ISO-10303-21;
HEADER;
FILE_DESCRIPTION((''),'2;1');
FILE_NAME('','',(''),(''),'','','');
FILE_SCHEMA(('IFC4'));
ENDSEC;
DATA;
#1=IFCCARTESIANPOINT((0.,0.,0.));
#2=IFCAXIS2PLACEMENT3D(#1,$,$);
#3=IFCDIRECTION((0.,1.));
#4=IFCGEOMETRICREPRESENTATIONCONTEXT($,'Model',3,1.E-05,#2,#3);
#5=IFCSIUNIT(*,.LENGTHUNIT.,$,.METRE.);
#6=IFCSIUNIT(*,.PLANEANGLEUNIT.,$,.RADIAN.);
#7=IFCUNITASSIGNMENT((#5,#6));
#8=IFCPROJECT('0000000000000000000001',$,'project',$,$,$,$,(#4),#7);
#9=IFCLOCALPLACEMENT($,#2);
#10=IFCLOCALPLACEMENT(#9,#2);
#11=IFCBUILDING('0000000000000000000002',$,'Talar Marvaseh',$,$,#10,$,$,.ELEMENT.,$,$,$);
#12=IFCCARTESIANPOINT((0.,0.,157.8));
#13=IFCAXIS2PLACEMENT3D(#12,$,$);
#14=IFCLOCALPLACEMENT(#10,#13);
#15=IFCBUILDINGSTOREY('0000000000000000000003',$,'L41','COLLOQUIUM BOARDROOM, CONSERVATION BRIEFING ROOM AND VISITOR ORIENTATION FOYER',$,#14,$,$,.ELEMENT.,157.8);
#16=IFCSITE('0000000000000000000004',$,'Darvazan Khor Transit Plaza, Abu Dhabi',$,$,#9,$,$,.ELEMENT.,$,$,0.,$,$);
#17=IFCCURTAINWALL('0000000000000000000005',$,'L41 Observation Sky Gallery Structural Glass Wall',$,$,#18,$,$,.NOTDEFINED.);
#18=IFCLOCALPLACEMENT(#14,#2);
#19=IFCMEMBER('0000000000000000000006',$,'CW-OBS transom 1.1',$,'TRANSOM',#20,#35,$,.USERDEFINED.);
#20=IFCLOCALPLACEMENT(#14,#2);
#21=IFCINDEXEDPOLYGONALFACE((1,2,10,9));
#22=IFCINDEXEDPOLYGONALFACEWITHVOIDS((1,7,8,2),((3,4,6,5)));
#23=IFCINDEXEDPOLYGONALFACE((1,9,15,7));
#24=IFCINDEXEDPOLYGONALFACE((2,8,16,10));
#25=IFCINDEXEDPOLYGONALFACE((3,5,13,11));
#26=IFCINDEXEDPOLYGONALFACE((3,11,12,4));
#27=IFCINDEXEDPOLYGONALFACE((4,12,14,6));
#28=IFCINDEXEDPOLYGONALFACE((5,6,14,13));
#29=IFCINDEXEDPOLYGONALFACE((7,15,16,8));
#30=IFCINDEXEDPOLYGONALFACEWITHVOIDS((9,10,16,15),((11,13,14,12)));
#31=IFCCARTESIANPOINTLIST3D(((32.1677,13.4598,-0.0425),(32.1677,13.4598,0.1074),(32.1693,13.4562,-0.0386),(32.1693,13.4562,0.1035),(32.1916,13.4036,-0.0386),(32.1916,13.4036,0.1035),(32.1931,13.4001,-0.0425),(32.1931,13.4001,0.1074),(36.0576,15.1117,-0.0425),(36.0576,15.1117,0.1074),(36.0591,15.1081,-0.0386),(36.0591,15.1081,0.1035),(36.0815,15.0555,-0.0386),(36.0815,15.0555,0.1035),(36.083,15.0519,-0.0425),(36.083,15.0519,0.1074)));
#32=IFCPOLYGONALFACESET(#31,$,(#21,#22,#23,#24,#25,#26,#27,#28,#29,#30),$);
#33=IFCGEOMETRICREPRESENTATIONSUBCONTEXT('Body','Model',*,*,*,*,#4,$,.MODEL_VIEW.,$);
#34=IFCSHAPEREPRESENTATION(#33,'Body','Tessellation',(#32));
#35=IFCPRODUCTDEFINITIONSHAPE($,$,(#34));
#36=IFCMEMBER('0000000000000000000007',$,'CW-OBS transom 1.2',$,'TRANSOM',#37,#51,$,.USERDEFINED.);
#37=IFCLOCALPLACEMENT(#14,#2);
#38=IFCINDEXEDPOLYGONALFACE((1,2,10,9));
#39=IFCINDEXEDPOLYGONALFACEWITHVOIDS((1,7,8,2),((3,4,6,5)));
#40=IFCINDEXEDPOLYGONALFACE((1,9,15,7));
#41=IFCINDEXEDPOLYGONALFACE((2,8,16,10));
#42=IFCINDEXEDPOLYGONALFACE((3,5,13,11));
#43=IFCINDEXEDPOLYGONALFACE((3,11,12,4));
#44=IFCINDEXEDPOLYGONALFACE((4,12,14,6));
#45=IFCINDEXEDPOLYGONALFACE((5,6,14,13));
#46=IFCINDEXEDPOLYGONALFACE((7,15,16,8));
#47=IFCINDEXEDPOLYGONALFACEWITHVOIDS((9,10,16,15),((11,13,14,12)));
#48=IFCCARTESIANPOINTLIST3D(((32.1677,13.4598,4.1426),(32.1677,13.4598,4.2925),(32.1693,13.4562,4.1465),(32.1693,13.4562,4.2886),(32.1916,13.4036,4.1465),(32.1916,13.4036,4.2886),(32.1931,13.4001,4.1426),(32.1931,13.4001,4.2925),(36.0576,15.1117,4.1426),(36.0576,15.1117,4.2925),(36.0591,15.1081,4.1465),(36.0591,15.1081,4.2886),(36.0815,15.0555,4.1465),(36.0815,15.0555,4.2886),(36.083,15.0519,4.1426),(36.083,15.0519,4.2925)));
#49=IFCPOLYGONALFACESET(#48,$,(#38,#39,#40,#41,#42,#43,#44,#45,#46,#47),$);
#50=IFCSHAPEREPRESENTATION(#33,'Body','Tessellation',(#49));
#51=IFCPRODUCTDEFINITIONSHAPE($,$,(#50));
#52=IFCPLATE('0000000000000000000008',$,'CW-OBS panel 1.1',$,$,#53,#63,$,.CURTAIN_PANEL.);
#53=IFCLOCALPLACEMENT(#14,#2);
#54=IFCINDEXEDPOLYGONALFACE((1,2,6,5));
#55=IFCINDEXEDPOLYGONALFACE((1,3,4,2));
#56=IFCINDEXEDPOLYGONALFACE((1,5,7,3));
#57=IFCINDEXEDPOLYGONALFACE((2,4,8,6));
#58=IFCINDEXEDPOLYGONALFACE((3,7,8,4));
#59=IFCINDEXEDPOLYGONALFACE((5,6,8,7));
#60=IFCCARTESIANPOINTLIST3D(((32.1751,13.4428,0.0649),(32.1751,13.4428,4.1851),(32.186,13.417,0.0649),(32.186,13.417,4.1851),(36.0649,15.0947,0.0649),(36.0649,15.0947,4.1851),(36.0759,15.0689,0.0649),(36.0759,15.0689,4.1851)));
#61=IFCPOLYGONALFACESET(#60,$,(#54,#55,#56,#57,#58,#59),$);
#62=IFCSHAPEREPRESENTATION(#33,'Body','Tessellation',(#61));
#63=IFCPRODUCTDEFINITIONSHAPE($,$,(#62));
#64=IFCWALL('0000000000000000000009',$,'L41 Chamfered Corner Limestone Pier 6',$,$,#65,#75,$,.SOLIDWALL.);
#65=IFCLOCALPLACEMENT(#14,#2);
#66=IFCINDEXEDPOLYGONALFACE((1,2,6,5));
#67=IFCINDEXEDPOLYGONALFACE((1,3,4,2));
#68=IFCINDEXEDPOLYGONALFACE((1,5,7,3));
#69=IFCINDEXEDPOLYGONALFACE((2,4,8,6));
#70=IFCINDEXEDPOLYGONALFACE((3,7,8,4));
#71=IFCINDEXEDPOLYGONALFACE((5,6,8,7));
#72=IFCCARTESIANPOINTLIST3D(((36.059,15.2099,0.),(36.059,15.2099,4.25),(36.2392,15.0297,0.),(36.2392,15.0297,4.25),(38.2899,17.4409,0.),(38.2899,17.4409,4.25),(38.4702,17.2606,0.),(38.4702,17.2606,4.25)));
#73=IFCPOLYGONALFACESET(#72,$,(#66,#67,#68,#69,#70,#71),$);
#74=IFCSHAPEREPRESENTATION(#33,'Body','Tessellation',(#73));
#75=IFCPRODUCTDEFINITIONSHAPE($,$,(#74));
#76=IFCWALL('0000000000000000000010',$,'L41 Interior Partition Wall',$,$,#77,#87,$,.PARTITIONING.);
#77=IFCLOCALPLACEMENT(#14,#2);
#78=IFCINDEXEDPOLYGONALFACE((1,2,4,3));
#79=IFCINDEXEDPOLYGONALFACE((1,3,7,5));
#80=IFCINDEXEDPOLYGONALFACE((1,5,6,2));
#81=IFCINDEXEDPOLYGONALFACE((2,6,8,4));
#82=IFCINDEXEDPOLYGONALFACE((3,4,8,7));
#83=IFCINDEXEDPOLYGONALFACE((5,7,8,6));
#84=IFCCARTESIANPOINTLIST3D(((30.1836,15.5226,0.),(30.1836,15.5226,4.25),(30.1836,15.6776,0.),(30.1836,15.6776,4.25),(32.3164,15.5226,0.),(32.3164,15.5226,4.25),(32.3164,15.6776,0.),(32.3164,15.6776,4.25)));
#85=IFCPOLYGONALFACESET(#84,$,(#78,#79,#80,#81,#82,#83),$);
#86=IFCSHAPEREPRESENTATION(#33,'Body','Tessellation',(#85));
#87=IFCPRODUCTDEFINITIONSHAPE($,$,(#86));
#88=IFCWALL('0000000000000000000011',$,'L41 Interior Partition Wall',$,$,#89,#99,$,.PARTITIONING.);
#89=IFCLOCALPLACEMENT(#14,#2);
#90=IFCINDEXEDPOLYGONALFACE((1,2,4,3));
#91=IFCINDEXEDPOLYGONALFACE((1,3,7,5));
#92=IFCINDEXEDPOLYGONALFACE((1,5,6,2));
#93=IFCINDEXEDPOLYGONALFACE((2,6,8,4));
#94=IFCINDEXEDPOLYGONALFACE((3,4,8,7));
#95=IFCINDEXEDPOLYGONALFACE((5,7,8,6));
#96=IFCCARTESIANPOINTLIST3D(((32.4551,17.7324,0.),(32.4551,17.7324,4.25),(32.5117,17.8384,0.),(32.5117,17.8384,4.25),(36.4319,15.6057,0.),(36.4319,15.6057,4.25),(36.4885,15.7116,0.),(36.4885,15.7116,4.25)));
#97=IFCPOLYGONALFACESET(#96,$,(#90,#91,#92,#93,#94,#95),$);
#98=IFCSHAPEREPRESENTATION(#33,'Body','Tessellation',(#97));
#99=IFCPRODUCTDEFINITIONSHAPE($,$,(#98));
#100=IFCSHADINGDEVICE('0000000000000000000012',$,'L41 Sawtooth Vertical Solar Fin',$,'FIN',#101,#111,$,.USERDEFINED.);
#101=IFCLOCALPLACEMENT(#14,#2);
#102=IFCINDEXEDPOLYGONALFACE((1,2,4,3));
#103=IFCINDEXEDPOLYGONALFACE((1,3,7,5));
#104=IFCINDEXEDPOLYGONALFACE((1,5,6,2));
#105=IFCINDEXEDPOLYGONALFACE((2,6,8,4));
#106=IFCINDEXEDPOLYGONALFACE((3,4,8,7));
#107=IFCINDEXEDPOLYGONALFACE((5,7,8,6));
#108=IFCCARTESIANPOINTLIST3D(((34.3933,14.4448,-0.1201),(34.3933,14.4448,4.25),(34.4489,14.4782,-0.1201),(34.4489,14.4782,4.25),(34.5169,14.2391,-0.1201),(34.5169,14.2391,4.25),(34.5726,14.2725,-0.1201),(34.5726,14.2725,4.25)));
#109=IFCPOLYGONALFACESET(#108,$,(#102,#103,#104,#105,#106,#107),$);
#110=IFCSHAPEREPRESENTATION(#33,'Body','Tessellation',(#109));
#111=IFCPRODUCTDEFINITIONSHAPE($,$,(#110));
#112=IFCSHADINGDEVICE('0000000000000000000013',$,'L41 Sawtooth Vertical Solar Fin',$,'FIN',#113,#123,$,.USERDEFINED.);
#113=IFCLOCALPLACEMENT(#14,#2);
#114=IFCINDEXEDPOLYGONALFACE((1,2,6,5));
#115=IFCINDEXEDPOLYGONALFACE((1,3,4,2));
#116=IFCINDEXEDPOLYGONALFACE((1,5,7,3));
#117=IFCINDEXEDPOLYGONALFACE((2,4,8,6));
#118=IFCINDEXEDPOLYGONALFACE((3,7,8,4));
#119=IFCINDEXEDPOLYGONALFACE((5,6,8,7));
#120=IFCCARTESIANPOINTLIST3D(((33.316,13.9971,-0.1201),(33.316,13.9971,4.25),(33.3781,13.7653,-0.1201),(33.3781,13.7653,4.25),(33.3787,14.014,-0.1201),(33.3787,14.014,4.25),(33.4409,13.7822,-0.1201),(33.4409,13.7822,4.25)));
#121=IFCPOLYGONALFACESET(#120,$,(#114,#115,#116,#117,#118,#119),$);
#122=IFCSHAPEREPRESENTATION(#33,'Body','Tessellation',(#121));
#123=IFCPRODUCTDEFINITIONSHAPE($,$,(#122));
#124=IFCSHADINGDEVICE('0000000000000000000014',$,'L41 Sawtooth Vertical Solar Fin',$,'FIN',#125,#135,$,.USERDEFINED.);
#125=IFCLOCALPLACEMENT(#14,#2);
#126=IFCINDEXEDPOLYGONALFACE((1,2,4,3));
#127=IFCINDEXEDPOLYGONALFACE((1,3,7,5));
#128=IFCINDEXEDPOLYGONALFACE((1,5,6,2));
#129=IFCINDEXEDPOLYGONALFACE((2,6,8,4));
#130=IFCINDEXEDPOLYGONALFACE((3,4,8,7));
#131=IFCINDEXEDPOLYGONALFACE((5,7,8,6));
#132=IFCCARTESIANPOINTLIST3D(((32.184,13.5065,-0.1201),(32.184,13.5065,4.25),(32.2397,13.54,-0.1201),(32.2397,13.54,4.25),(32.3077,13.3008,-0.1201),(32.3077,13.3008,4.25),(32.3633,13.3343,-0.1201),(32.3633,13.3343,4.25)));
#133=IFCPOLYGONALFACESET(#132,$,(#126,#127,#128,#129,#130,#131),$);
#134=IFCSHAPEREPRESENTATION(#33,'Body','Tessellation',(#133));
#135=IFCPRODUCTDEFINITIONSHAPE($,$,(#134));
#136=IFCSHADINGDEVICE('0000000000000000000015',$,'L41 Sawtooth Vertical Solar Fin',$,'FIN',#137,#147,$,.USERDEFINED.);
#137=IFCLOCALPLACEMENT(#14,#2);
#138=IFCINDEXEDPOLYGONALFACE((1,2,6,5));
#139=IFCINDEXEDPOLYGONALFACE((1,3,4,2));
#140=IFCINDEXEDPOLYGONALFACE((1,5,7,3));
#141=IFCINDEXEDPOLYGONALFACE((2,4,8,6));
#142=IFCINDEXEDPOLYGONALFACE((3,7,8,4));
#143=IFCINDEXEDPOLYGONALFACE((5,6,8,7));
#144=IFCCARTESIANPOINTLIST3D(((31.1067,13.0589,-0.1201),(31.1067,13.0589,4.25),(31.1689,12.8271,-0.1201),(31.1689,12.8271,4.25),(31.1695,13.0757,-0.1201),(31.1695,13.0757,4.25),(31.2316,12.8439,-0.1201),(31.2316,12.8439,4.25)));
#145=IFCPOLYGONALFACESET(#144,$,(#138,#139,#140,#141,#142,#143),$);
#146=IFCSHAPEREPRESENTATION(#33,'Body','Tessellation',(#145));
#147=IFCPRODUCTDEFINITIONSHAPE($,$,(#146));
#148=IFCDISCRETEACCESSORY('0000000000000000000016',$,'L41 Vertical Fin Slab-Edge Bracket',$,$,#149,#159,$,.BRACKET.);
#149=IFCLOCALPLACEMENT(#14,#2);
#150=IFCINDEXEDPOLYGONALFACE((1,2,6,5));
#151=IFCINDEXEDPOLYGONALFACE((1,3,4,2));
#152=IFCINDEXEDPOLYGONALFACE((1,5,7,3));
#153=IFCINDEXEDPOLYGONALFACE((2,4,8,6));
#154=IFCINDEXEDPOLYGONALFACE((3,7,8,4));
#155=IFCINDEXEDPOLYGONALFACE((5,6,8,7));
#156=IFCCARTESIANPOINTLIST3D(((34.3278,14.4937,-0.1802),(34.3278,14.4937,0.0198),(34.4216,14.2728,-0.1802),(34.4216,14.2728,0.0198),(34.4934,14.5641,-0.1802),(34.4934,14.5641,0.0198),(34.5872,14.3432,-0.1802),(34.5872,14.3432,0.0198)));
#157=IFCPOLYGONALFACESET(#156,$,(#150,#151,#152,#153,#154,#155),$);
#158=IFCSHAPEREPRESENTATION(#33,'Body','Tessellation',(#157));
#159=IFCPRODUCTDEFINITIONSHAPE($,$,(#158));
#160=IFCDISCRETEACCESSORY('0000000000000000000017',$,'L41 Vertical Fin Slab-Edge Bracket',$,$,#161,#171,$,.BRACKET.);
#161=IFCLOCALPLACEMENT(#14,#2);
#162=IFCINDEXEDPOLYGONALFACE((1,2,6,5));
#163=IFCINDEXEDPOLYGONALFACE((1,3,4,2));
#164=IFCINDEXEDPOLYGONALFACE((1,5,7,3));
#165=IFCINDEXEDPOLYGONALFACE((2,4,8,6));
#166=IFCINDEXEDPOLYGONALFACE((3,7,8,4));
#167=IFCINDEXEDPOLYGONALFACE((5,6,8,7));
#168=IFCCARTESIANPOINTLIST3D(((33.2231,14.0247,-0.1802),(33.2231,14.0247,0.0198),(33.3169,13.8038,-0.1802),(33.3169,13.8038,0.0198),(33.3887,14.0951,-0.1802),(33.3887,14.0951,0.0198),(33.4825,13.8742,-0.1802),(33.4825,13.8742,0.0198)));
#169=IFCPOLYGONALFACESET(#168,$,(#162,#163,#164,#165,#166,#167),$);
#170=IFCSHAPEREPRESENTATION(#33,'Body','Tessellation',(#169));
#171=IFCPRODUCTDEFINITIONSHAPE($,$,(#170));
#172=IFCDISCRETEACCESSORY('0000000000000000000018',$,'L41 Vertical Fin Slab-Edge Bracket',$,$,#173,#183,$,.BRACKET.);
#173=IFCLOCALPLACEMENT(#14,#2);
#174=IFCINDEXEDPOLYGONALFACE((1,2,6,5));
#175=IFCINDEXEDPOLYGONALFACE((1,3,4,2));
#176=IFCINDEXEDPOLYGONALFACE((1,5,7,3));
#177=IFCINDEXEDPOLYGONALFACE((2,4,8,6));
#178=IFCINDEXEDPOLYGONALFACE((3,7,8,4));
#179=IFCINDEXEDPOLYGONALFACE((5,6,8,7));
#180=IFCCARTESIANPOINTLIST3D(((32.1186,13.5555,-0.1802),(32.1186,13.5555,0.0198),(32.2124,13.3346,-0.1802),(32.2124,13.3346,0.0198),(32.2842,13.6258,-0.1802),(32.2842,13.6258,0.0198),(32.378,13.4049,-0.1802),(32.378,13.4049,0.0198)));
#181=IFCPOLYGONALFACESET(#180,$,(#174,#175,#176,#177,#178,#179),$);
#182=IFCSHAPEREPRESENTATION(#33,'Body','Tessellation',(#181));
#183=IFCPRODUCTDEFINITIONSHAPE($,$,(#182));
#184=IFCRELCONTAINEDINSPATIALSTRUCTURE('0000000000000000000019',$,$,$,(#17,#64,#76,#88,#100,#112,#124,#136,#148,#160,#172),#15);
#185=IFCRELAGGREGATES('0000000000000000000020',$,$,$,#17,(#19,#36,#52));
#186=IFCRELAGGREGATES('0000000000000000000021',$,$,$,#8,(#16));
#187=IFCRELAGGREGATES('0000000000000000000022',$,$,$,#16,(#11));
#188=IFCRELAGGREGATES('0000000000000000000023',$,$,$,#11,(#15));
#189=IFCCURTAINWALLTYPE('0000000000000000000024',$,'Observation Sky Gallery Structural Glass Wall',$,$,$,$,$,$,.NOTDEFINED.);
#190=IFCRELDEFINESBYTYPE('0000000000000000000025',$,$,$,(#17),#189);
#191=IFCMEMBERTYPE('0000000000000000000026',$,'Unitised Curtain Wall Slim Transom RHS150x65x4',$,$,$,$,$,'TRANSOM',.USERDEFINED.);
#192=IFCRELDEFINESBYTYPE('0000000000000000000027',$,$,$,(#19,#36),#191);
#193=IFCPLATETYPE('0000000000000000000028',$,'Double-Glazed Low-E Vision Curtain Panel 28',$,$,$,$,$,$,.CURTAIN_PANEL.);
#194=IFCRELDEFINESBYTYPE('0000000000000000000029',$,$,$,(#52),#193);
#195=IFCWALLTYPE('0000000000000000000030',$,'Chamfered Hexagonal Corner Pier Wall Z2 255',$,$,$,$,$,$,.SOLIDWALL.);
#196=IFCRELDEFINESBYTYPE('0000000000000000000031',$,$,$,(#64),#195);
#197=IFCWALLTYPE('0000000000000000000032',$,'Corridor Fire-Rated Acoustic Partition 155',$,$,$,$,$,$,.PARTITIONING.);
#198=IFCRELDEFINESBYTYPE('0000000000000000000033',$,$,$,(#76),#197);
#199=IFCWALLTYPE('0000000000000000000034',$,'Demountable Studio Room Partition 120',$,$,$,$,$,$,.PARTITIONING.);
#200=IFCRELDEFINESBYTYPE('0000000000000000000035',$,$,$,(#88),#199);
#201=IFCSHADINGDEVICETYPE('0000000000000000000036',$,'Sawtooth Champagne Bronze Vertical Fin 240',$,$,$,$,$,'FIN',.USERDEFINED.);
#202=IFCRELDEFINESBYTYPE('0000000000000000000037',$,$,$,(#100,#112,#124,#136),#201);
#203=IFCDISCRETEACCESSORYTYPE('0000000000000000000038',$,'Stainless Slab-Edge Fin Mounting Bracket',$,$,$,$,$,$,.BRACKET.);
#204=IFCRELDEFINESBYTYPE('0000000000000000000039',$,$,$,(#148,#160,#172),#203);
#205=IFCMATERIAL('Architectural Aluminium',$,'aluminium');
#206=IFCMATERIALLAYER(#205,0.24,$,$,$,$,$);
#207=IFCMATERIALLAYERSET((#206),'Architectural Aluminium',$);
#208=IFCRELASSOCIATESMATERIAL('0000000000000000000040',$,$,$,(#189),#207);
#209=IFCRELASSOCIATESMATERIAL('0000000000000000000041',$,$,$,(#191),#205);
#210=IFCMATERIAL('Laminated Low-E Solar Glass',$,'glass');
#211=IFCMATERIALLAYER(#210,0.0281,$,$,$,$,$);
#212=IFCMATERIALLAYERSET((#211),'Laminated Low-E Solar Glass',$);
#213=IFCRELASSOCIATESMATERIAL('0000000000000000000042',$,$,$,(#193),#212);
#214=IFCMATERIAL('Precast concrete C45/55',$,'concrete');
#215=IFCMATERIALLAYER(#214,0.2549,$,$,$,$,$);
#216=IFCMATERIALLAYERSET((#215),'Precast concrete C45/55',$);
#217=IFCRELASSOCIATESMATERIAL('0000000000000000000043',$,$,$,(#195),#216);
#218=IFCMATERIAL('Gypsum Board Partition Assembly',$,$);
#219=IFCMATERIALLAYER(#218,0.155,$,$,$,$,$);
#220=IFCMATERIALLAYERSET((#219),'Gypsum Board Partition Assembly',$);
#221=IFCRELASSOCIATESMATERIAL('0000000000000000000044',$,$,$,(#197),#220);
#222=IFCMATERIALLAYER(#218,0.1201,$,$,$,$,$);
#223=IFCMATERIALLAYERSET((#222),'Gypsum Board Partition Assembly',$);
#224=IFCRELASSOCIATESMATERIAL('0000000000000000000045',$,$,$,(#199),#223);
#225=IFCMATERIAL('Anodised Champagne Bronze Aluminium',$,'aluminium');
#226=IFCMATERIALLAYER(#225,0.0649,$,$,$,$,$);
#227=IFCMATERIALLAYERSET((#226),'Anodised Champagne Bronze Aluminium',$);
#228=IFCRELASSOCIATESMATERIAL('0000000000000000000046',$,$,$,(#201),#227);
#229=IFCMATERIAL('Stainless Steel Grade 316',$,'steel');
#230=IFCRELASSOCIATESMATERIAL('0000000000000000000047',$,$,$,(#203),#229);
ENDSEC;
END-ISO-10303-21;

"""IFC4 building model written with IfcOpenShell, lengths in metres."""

from ifc_helpers import new_model, si_unit, direction, frame, frame_2d, origin, origin_2d, place, context, subcontext, project, spatial, rectangle, hollow_rectangle, extrude, source, transform, mapped, material, layer, layer_set, material_profile, profile_set, type_object, type_shapes, element, aggregate, save


model = new_model("IFC4")

# Units and contexts
model_context = context("Model", 3, precision=1e-05, world=origin(), true_north=direction((0.0, 1.0)))
body_context = subcontext(model_context, "Body", "Model", "MODEL_VIEW")
ifc_project = project(units=[si_unit("LENGTHUNIT", "METRE"), si_unit("PLANEANGLEUNIT", "RADIAN")], contexts=[model_context])

# Site, building, storey
site_placement = place(None, origin())
site = spatial("IfcSite", under=ifc_project, at=site_placement, Name="Darvazan Khor Transit Plaza, Abu Dhabi", CompositionType="ELEMENT", RefElevation=0.0)
building_placement = place(site_placement, origin())
building = spatial("IfcBuilding", under=site, at=building_placement, Name="Talar Marvaseh", CompositionType="ELEMENT")
storey_placement = place(building_placement, frame((0.0, 0.0, 157.8)))
storey = spatial("IfcBuildingStorey", under=building, at=storey_placement, Name="L41", Description="COLLOQUIUM BOARDROOM, CONSERVATION BRIEFING ROOM AND VISITOR ORIENTATION FOYER", CompositionType="ELEMENT", Elevation=157.8)

# Shared definitions
ifc_material_1 = material(Name="Architectural Aluminium", Category="aluminium")
ifc_layer_1 = layer(ifc_material_1, 0.24)
ifc_layer_set_1 = layer_set([ifc_layer_1], Name="Architectural Aluminium")
curtain_wall_type = type_object("IfcCurtainWallType", Name="Observation Sky Gallery Structural Glass Wall", PredefinedType="NOTDEFINED", material=ifc_layer_set_1)

# Curtain wall, members, plate
curtain_wall_1_placement = place(storey_placement, origin())
curtain_wall_1 = element("IfcCurtainWall", 1, at=curtain_wall_1_placement, inside=storey, type_object=curtain_wall_type, Name="L41 Observation Sky Gallery Structural Glass Wall", PredefinedType="NOTDEFINED")
ifc_material_profile_1 = material_profile(ifc_material_1, hollow_rectangle(XDim=0.0649, YDim=0.1499, WallThickness=0.0039, at=origin_2d()), Name="RHS150x65x4")
ifc_profile_set_1 = profile_set([ifc_material_profile_1], Name="Architectural Aluminium")
member_type_1 = type_object("IfcMemberType", Name="Unitised Curtain Wall Slim Transom RHS150x65x4", ElementType="TRANSOM", PredefinedType="USERDEFINED", material=ifc_profile_set_1)
shared_shape_1 = source(origin(), body_context, "Body", "SweptSolid", [
    extrude(hollow_rectangle(XDim=0.0649, YDim=0.1499, WallThickness=0.0039, at=origin_2d()), origin(), (0.0, 0.0, 1.0), 4.2261),
])
member_1_placement = place(storey_placement, frame((36.0703, 15.0818, 0.0325), z_axis=(-0.920446, -0.39087, 0.0), x_axis=(0.39087, -0.920446, 0.0)))
member_1 = element("IfcMember", 2, at=member_1_placement, type_object=member_type_1, Name="CW-OBS transom 1.1", ObjectType="TRANSOM", PredefinedType="USERDEFINED", context=body_context, shape_type="MappedRepresentation", body=[
    mapped(shared_shape_1, transform((0.0, 0.0, 0.0), x_axis=(1.0, 0.0, 0.0), y_axis=(0.0, 1.0, 0.0), z_axis=(0.0, 0.0, 1.0), scale=1.0)),
])
member_2_placement = place(storey_placement, frame((36.0703, 15.0818, 4.2175), z_axis=(-0.920446, -0.39087, 0.0), x_axis=(0.39087, -0.920446, 0.0)))
member_2 = element("IfcMember", 3, at=member_2_placement, type_object=member_type_1, Name="CW-OBS transom 1.2", ObjectType="TRANSOM", PredefinedType="USERDEFINED", context=body_context, shape_type="MappedRepresentation", body=[
    mapped(shared_shape_1, transform((0.0, 0.0, 0.0), x_axis=(1.0, 0.0, 0.0), y_axis=(0.0, 1.0, 0.0), z_axis=(0.0, 0.0, 1.0), scale=1.0)),
])
ifc_material_2 = material(Name="Laminated Low-E Solar Glass", Category="glass")
ifc_layer_2 = layer(ifc_material_2, 0.0281)
ifc_layer_set_2 = layer_set([ifc_layer_2], Name="Laminated Low-E Solar Glass")
plate_type = type_object("IfcPlateType", Name="Double-Glazed Low-E Vision Curtain Panel 28", PredefinedType="CURTAIN_PANEL", material=ifc_layer_set_2)
shared_shape_2 = source(origin(), body_context, "Body", "SweptSolid", [
    extrude(rectangle(XDim=4.2261, YDim=0.0281, at=origin_2d()), origin(), (0.0, 0.0, 1.0), 4.1201),
])
type_shapes(plate_type, [shared_shape_2])
plate_placement = place(storey_placement, frame((34.1255, 14.2559, 0.0649), z_axis=(0.0, 0.0, 1.0), x_axis=(-0.920444, -0.390874, 0.0)))
plate = element("IfcPlate", 4, at=plate_placement, type_object=plate_type, Name="CW-OBS panel 1.1", PredefinedType="CURTAIN_PANEL", context=body_context, shape_type="MappedRepresentation", body=[
    mapped(shared_shape_2, transform((0.0, 0.0, 0.0), x_axis=(1.0, 0.0, 0.0), y_axis=(0.0, 1.0, 0.0), z_axis=(0.0, 0.0, 1.0), scale=1.0)),
])
aggregate(curtain_wall_1, [member_1, member_2, plate])

# Walls
ifc_material_3 = material(Name="Precast concrete C45/55", Category="concrete")
ifc_layer_3 = layer(ifc_material_3, 0.2549)
ifc_layer_set_3 = layer_set([ifc_layer_3], Name="Precast concrete C45/55")
wall_type_1 = type_object("IfcWallType", Name="Chamfered Hexagonal Corner Pier Wall Z2 255", PredefinedType="SOLIDWALL", material=ifc_layer_set_3)
wall_1_placement = place(storey_placement, frame((38.3801, 17.3508, 0.0), z_axis=(0.0, 0.0, 1.0), x_axis=(-0.707107, -0.707107, 0.0)))
element("IfcWall", 5, at=wall_1_placement, inside=storey, type_object=wall_type_1, Name="L41 Chamfered Corner Limestone Pier 6", PredefinedType="SOLIDWALL", context=body_context, shape_type="SweptSolid", body=[
    extrude(rectangle(XDim=3.155, YDim=0.2549, at=frame_2d((1.5776, 0.0))), origin(), (0.0, 0.0, 1.0), 4.25),
])
ifc_material_4 = material(Name="Gypsum Board Partition Assembly")
ifc_layer_4 = layer(ifc_material_4, 0.155)
ifc_layer_set_4 = layer_set([ifc_layer_4], Name="Gypsum Board Partition Assembly")
wall_type_2 = type_object("IfcWallType", Name="Corridor Fire-Rated Acoustic Partition 155", PredefinedType="PARTITIONING", material=ifc_layer_set_4)
wall_2_placement = place(storey_placement, frame((32.3164, 15.6001, 0.0), z_axis=(0.0, 0.0, 1.0), x_axis=(-1.0, 0.0, 0.0)))
element("IfcWall", 6, at=wall_2_placement, inside=storey, type_object=wall_type_2, Name="L41 Interior Partition Wall", PredefinedType="PARTITIONING", context=body_context, shape_type="SweptSolid", body=[
    extrude(rectangle(XDim=2.1328, YDim=0.155, at=frame_2d((1.0664, 0.0))), origin(), (0.0, 0.0, 1.0), 4.25),
])
ifc_layer_5 = layer(ifc_material_4, 0.1201)
ifc_layer_set_5 = layer_set([ifc_layer_5], Name="Gypsum Board Partition Assembly")
wall_type_3 = type_object("IfcWallType", Name="Demountable Studio Room Partition 120", PredefinedType="PARTITIONING", material=ifc_layer_set_5)
wall_3_placement = place(storey_placement, frame((32.4834, 17.7854, 0.0), z_axis=(0.0, 0.0, 1.0), x_axis=(0.881823, -0.47158, 0.0)))
element("IfcWall", 7, at=wall_3_placement, inside=storey, type_object=wall_type_3, Name="L41 Interior Partition Wall", PredefinedType="PARTITIONING", context=body_context, shape_type="SweptSolid", body=[
    extrude(rectangle(XDim=4.5098, YDim=0.1201, at=frame_2d((2.2549, 0.0))), origin(), (0.0, 0.0, 1.0), 4.25),
])

# Shading devices
ifc_material_5 = material(Name="Anodised Champagne Bronze Aluminium", Category="aluminium")
ifc_layer_6 = layer(ifc_material_5, 0.0649)
ifc_layer_set_6 = layer_set([ifc_layer_6], Name="Anodised Champagne Bronze Aluminium")
shading_device_type = type_object("IfcShadingDeviceType", Name="Sawtooth Champagne Bronze Vertical Fin 240", ElementType="FIN", PredefinedType="USERDEFINED", material=ifc_layer_set_6)
shared_shape_3 = source(origin(), body_context, "Body", "SweptSolid", [
    extrude(rectangle(XDim=0.24, YDim=0.0649, at=origin_2d()), origin(), (0.0, 0.0, 1.0), 4.3701),
])
type_shapes(shading_device_type, [shared_shape_3])
for number, where, z_axis, x_axis, name in (
    (8, (34.4829, 14.3586, -0.1201), (0.0, 0.0, 1.0), (0.515188, -0.857077, 0.0), "L41 Sawtooth Vertical Solar Fin"),
    (9, (33.3784, 13.8896, -0.1201), (0.0, 0.0, 1.0), (0.258988, -0.965881, 0.0), "L41 Sawtooth Vertical Solar Fin"),
    (10, (32.2737, 13.4204, -0.1201), (0.0, 0.0, 1.0), (0.515188, -0.857077, 0.0), "L41 Sawtooth Vertical Solar Fin"),
    (11, (31.1692, 12.9514, -0.1201), (0.0, 0.0, 1.0), (0.258988, -0.965881, 0.0), "L41 Sawtooth Vertical Solar Fin"),
):
    element("IfcShadingDevice", number, at=place(storey_placement, frame(where, z_axis=z_axis, x_axis=x_axis)), inside=storey, type_object=shading_device_type, Name=name, ObjectType="FIN", PredefinedType="USERDEFINED", context=body_context, shape_type="MappedRepresentation", body=[
        mapped(shared_shape_3, transform((0.0, 0.0, 0.0), x_axis=(1.0, 0.0, 0.0), y_axis=(0.0, 1.0, 0.0), z_axis=(0.0, 0.0, 1.0), scale=1.0)),
    ])

# Discrete accessories
ifc_material_6 = material(Name="Stainless Steel Grade 316", Category="steel")
discrete_accessory_type = type_object("IfcDiscreteAccessoryType", Name="Stainless Slab-Edge Fin Mounting Bracket", PredefinedType="BRACKET", material=ifc_material_6)
shared_shape_4 = source(origin(), body_context, "Body", "SweptSolid", [
    extrude(rectangle(XDim=0.24, YDim=0.1799, at=origin_2d()), origin(), (0.0, 0.0, 1.0), 0.2),
])
type_shapes(discrete_accessory_type, [shared_shape_4])
for number, where, z_axis, x_axis, name in (
    (12, (34.4575, 14.4185, -0.1802), (0.0, 0.0, 1.0), (0.390892, -0.920437, 0.0), "L41 Vertical Fin Slab-Edge Bracket"),
    (13, (33.3528, 13.9495, -0.1802), (0.0, 0.0, 1.0), (0.390892, -0.920437, 0.0), "L41 Vertical Fin Slab-Edge Bracket"),
    (14, (32.2483, 13.4802, -0.1802), (0.0, 0.0, 1.0), (0.390892, -0.920437, 0.0), "L41 Vertical Fin Slab-Edge Bracket"),
):
    element("IfcDiscreteAccessory", number, at=place(storey_placement, frame(where, z_axis=z_axis, x_axis=x_axis)), inside=storey, type_object=discrete_accessory_type, Name=name, PredefinedType="BRACKET", context=body_context, shape_type="MappedRepresentation", body=[
        mapped(shared_shape_4, transform((0.0, 0.0, 0.0), x_axis=(1.0, 0.0, 0.0), y_axis=(0.0, 1.0, 0.0), z_axis=(0.0, 0.0, 1.0), scale=1.0)),
    ])

save(model, "model.ifc")
